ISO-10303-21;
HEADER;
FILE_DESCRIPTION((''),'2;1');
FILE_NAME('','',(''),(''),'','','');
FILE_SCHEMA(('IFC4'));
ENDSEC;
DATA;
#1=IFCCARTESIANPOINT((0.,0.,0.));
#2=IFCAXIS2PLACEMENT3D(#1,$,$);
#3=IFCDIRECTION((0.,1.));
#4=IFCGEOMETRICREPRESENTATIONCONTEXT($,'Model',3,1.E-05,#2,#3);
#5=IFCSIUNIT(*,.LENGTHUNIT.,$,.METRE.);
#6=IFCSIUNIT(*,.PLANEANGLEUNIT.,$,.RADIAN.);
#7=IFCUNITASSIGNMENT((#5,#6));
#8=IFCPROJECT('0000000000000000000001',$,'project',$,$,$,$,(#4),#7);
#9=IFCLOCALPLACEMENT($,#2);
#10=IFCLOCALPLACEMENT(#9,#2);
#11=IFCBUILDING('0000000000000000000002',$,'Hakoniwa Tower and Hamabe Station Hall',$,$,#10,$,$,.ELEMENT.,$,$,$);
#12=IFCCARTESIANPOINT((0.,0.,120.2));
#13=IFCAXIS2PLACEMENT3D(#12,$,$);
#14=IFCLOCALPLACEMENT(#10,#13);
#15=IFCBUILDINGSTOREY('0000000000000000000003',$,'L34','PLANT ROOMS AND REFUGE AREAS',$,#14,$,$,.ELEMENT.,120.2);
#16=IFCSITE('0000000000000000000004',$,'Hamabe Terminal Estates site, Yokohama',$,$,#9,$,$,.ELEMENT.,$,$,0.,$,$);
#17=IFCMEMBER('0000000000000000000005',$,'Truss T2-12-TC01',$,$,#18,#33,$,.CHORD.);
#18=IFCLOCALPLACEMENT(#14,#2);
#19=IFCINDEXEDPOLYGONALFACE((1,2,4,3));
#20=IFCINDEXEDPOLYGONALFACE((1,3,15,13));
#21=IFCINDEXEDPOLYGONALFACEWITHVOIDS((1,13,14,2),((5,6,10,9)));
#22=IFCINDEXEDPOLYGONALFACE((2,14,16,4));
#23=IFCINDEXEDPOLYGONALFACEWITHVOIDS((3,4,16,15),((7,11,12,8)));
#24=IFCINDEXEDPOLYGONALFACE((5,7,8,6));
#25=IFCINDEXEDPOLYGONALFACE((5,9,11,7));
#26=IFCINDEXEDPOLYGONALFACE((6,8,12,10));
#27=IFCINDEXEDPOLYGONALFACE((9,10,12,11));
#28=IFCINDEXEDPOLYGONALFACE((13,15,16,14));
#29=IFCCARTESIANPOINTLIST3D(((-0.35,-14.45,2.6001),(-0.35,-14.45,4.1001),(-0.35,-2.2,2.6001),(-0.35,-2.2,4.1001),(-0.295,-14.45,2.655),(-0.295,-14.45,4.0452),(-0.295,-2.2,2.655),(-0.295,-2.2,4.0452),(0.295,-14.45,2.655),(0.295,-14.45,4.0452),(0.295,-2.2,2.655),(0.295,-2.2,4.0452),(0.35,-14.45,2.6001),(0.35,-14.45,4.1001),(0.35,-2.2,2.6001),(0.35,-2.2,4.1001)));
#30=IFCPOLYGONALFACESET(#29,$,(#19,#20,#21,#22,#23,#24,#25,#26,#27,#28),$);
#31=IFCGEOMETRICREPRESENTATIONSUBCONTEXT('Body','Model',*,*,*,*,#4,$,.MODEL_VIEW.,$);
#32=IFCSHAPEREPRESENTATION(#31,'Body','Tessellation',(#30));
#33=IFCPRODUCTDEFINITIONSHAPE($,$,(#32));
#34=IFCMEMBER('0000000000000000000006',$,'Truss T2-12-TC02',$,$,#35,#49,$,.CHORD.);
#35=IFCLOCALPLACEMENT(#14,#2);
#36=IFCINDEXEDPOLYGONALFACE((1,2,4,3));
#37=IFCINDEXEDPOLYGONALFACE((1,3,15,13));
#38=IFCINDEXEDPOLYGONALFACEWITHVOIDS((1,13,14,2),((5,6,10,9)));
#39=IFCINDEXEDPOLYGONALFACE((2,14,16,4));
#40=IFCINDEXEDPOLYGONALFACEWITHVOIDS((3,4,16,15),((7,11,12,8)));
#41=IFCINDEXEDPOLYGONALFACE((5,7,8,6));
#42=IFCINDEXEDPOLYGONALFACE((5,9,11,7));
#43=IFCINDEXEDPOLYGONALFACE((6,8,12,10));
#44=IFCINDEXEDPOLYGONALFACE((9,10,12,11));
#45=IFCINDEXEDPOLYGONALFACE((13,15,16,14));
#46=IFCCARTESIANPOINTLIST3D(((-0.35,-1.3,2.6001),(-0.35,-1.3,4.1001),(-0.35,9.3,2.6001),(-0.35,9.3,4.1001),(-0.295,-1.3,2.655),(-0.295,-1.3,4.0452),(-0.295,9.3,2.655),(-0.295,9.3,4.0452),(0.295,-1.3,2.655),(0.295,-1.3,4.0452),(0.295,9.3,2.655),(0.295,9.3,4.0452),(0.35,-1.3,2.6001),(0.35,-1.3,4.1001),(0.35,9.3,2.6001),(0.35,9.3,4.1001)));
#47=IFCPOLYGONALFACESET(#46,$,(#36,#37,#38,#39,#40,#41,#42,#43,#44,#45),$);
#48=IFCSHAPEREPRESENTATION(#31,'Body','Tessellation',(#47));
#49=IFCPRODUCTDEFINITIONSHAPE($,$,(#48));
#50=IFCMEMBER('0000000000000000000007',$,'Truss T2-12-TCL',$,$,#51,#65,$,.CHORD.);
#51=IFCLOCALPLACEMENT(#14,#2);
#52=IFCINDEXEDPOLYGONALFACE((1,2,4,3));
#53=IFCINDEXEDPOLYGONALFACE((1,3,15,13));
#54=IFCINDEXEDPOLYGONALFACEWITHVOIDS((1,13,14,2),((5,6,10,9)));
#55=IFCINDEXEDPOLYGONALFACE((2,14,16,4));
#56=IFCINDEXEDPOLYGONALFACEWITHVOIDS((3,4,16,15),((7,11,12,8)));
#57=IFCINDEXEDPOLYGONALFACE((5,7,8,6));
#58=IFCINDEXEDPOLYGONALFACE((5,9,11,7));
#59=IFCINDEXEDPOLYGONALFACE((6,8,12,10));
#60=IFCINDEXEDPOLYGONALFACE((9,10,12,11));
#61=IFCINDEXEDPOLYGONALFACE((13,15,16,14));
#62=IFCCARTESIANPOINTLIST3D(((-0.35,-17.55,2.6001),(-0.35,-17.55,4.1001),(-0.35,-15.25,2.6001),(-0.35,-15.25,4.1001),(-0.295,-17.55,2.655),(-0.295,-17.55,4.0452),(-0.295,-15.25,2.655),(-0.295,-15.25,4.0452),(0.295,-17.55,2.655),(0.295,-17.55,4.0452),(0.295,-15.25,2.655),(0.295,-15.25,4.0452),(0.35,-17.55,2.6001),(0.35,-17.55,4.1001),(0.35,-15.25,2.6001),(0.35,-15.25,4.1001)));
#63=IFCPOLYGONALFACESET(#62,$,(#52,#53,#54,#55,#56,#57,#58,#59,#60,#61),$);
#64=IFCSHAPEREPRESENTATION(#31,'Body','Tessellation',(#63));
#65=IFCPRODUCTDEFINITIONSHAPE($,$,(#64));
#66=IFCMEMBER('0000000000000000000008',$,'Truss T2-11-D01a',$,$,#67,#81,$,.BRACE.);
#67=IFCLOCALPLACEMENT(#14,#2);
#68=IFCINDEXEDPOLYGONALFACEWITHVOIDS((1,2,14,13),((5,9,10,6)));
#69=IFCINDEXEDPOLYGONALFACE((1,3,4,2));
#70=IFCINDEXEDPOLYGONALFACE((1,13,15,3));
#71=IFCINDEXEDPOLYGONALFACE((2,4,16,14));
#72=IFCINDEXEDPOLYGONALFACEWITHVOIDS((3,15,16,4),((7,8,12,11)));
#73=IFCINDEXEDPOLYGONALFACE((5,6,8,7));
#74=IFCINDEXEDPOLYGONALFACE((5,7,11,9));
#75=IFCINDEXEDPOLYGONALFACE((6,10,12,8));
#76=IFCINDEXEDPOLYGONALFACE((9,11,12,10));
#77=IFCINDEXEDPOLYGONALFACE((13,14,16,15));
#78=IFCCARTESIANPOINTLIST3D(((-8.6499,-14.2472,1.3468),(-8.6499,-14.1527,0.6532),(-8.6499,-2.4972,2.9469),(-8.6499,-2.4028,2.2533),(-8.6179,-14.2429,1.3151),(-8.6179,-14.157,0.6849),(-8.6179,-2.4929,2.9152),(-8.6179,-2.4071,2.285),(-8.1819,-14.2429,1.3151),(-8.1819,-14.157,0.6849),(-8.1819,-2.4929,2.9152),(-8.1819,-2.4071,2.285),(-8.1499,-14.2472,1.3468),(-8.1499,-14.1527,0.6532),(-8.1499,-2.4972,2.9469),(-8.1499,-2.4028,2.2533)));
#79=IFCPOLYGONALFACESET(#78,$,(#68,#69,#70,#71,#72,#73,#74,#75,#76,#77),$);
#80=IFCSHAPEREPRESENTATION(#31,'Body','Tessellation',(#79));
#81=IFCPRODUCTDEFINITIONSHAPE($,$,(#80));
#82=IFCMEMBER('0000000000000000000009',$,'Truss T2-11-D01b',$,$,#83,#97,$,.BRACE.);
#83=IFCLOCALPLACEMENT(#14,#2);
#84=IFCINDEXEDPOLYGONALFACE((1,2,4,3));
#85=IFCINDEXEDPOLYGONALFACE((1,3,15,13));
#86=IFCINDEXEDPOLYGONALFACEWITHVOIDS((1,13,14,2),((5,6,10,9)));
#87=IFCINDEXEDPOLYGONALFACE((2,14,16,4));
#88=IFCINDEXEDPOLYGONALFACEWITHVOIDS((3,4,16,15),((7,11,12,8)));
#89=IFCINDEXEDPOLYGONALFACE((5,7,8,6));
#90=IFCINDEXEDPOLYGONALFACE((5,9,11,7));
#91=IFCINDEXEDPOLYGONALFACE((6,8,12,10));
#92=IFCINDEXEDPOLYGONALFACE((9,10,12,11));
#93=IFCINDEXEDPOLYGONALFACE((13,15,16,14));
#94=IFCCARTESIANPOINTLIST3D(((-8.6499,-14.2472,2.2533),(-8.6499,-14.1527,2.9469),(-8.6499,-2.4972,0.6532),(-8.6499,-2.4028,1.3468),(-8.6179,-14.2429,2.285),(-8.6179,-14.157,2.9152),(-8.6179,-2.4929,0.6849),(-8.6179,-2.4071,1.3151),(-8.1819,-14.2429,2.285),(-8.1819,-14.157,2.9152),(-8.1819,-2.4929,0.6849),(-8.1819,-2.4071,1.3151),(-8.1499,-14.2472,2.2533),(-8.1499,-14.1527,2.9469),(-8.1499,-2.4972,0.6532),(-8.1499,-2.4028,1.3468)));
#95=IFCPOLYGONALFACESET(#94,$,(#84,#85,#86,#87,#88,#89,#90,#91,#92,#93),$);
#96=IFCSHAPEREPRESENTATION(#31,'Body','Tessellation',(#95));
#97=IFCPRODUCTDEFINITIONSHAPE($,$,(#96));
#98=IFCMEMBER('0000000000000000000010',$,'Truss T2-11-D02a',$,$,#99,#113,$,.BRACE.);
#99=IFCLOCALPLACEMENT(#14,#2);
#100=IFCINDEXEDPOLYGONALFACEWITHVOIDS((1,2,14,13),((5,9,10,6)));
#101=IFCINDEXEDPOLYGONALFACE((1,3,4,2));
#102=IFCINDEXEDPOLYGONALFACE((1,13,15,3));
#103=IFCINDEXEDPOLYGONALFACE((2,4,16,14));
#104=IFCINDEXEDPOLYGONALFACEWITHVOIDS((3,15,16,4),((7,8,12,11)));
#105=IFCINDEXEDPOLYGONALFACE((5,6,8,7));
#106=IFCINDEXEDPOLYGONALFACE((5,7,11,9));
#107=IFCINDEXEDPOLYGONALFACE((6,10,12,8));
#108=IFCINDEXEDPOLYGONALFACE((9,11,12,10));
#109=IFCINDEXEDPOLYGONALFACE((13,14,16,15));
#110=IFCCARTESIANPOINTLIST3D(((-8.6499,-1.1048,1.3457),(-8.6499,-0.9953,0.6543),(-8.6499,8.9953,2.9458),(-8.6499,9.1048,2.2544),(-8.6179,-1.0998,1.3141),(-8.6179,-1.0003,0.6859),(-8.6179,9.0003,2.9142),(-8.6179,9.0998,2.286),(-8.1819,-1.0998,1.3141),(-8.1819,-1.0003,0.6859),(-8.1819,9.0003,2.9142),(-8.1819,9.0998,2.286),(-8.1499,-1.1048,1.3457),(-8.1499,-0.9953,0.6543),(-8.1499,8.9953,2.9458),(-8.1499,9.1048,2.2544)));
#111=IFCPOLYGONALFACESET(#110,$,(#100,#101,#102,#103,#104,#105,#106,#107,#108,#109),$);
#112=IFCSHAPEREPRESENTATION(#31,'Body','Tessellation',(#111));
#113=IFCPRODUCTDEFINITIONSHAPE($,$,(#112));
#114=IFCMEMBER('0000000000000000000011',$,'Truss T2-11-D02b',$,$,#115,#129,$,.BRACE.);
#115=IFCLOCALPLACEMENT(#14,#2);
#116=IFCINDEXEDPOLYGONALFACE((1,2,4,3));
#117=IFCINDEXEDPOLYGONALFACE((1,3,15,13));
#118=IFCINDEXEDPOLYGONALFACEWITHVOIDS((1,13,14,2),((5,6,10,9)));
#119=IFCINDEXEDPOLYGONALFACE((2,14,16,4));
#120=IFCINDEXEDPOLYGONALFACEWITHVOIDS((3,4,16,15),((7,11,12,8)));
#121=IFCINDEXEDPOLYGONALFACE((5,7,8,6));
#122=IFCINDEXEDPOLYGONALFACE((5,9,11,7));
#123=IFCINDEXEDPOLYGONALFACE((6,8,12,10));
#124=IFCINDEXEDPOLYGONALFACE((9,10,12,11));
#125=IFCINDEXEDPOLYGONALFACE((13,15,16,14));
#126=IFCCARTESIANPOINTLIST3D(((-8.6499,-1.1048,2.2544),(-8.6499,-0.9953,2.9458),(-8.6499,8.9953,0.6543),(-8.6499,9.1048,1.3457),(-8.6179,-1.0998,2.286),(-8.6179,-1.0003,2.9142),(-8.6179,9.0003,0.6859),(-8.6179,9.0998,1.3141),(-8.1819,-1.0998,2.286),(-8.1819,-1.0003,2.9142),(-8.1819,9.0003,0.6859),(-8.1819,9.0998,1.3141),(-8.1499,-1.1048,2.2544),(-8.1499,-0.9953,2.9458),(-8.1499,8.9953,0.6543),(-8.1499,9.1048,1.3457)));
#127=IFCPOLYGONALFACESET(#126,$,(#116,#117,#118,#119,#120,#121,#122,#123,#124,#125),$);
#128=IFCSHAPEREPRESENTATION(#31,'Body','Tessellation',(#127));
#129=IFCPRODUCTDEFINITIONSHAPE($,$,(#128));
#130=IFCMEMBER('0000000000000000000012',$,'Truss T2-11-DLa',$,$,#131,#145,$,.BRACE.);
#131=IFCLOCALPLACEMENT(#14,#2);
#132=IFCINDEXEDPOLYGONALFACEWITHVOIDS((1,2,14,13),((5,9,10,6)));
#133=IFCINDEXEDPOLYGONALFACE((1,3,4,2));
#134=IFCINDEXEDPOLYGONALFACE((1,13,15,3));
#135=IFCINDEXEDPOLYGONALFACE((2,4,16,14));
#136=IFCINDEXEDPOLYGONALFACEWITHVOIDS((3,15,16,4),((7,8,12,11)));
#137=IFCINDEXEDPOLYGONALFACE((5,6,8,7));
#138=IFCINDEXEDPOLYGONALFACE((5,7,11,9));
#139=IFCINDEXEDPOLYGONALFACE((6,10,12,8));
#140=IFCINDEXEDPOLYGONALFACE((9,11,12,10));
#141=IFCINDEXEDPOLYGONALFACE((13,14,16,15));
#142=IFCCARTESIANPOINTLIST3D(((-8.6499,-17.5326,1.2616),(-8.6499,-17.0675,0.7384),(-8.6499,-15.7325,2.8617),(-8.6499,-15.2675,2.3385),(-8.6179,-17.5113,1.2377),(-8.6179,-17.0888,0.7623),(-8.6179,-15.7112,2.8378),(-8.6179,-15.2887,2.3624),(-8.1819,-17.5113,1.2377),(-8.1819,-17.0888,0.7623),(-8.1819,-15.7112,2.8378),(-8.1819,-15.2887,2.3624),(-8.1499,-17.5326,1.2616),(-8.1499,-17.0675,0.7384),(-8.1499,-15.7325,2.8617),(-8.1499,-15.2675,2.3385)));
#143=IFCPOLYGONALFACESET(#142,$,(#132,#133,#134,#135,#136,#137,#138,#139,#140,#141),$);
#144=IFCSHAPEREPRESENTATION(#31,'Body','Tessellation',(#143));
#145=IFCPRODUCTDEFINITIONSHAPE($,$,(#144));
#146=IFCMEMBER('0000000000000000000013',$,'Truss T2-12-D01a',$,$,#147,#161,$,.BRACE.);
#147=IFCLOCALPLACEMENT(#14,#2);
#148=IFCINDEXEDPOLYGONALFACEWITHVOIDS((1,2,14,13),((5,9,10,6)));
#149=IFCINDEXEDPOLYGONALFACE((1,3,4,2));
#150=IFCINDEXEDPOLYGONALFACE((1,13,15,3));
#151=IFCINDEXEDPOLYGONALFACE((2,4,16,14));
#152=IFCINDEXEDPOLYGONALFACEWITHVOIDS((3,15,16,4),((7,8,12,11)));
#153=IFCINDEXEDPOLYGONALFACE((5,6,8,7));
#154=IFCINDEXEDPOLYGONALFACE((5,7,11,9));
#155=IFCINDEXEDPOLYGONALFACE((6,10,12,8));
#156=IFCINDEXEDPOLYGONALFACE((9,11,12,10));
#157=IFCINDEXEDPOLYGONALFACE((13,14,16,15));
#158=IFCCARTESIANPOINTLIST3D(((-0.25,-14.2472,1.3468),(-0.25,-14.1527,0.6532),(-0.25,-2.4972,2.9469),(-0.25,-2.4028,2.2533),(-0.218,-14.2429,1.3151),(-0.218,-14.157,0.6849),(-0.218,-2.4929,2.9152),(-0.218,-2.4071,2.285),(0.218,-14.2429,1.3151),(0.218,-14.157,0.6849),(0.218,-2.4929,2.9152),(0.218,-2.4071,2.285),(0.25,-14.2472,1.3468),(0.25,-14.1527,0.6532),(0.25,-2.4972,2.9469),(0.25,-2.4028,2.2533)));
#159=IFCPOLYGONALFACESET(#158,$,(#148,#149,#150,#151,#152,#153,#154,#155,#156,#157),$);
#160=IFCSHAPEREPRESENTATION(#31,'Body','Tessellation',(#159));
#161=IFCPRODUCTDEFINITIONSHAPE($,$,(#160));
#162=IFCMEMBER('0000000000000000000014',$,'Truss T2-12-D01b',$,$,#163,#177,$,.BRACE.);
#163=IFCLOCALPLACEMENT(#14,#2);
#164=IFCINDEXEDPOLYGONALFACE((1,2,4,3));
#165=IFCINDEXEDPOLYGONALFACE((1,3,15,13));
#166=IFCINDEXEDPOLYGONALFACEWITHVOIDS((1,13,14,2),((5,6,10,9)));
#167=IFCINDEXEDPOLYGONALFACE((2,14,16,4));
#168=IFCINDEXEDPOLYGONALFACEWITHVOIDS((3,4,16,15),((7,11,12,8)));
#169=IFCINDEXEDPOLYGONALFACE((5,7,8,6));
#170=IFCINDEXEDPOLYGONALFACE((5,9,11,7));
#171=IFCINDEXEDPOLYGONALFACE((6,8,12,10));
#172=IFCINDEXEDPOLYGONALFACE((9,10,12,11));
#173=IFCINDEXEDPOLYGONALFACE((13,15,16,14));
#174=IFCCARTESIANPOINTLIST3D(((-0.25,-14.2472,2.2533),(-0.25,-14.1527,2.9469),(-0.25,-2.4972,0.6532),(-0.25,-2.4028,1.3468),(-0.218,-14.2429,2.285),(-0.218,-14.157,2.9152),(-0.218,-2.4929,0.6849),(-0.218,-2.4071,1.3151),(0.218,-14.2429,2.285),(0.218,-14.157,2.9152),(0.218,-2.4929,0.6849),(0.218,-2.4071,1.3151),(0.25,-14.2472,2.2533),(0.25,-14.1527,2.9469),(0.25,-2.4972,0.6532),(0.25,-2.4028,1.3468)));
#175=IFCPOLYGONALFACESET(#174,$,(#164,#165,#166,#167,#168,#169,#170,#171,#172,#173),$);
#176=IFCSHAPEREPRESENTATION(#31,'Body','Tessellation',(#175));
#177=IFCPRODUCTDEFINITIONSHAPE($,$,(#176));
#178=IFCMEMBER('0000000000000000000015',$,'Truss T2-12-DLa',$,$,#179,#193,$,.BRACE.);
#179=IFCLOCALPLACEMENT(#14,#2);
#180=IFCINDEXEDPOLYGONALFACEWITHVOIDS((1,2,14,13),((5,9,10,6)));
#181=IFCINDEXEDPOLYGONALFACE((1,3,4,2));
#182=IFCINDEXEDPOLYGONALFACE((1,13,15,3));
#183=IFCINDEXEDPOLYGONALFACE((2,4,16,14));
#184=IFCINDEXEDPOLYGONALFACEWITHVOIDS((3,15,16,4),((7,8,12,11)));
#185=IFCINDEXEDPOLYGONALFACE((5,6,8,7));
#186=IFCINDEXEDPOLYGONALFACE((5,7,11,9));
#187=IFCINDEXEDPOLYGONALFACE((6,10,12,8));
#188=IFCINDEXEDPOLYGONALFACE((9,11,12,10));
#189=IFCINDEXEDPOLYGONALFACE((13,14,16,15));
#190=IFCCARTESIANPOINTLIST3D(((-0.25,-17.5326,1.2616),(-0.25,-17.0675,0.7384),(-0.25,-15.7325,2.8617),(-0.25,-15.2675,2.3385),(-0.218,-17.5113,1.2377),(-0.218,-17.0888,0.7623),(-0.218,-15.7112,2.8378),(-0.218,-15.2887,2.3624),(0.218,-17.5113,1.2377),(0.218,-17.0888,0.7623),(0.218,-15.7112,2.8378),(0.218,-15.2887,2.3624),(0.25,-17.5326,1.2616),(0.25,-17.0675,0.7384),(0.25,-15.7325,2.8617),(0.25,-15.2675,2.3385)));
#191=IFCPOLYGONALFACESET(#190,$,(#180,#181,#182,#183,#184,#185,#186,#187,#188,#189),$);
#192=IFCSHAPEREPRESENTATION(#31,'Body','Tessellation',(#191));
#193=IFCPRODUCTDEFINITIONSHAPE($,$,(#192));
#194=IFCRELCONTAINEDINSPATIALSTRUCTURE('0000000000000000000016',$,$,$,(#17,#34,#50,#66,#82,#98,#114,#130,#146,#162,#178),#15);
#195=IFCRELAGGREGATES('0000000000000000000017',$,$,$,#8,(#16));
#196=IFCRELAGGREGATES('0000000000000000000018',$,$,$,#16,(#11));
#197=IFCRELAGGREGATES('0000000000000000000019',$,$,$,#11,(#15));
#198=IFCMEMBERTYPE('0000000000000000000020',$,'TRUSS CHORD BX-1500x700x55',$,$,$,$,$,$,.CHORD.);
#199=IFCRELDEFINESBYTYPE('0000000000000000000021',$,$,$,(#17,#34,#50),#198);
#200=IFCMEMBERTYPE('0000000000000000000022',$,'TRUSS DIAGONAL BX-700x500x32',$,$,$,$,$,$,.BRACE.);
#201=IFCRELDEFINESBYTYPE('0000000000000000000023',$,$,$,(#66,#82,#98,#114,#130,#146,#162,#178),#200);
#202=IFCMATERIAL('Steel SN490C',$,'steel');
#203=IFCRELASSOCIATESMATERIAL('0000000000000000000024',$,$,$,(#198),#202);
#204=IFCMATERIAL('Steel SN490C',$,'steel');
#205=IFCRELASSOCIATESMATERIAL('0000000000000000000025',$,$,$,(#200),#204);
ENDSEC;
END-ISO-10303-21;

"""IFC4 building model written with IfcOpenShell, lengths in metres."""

from ifc_helpers import new_model, si_unit, direction, frame, origin, origin_2d, place, context, subcontext, project, spatial, hollow_rectangle, extrude, material, material_profile, profile_set, type_object, element, save


model = new_model("IFC4")

# Units and contexts
model_context = context("Model", 3, precision=1e-05, world=origin(), true_north=direction((0.0, 1.0)))
body_context = subcontext(model_context, "Body", "Model", "MODEL_VIEW")
ifc_project = project(units=[si_unit("LENGTHUNIT", "METRE"), si_unit("PLANEANGLEUNIT", "RADIAN")], contexts=[model_context])

# Site, building, storey
site_placement = place(None, origin())
site = spatial("IfcSite", under=ifc_project, at=site_placement, Name="Hamabe Terminal Estates site, Yokohama", CompositionType="ELEMENT", RefElevation=0.0)
building_placement = place(site_placement, origin())
building = spatial("IfcBuilding", under=site, at=building_placement, Name="Hakoniwa Tower and Hamabe Station Hall", CompositionType="ELEMENT")
storey_placement = place(building_placement, frame((0.0, 0.0, 120.2)))
storey = spatial("IfcBuildingStorey", under=building, at=storey_placement, Name="L34", Description="PLANT ROOMS AND REFUGE AREAS", CompositionType="ELEMENT", Elevation=120.2)

# Members
ifc_material_1 = material(Name="Steel SN490C", Category="steel")
ifc_material_profile_1 = material_profile(ifc_material_1, hollow_rectangle(XDim=0.7, YDim=1.5, WallThickness=0.0549, at=origin_2d()), Name="BX-1500x700x55")
ifc_profile_set_1 = profile_set([ifc_material_profile_1], Name="Steel SN490C")
member_type_1 = type_object("IfcMemberType", Name="TRUSS CHORD BX-1500x700x55", PredefinedType="CHORD", material=ifc_profile_set_1)
member_1_placement = place(storey_placement, frame((0.0, -14.45, 3.3501), z_axis=(0.0, 1.0, 0.0), x_axis=(-1.0, 0.0, 0.0)))
element("IfcMember", 1, at=member_1_placement, inside=storey, type_object=member_type_1, Name="Truss T2-12-TC01", PredefinedType="CHORD", context=body_context, shape_type="SweptSolid", body=[
    extrude(hollow_rectangle(XDim=0.7, YDim=1.5, WallThickness=0.0549, at=origin_2d()), origin(), (0.0, 0.0, 1.0), 12.25),
])
member_2_placement = place(storey_placement, frame((0.0, -1.3, 3.3501), z_axis=(0.0, 1.0, 0.0), x_axis=(-1.0, 0.0, 0.0)))
element("IfcMember", 2, at=member_2_placement, inside=storey, type_object=member_type_1, Name="Truss T2-12-TC02", PredefinedType="CHORD", context=body_context, shape_type="SweptSolid", body=[
    extrude(hollow_rectangle(XDim=0.7, YDim=1.5, WallThickness=0.0549, at=origin_2d()), origin(), (0.0, 0.0, 1.0), 10.6001),
])
member_3_placement = place(storey_placement, frame((0.0, -17.55, 3.3501), z_axis=(0.0, 1.0, 0.0), x_axis=(-1.0, 0.0, 0.0)))
element("IfcMember", 3, at=member_3_placement, inside=storey, type_object=member_type_1, Name="Truss T2-12-TCL", PredefinedType="CHORD", context=body_context, shape_type="SweptSolid", body=[
    extrude(hollow_rectangle(XDim=0.7, YDim=1.5, WallThickness=0.0549, at=origin_2d()), origin(), (0.0, 0.0, 1.0), 2.3),
])
ifc_material_2 = material(Name="Steel SN490C", Category="steel")
ifc_material_profile_2 = material_profile(ifc_material_2, hollow_rectangle(XDim=0.5, YDim=0.7, WallThickness=0.032, at=origin_2d()), Name="BX-700x500x32")
ifc_profile_set_2 = profile_set([ifc_material_profile_2], Name="Steel SN490C")
member_type_2 = type_object("IfcMemberType", Name="TRUSS DIAGONAL BX-700x500x32", PredefinedType="BRACE", material=ifc_profile_set_2)
for number, where, z_axis, x_axis, name in (
    (4, (-8.3999, -14.2, 1.0), (0.0, 0.990855, 0.134933), (-1.0, 0.0, 0.0), "Truss T2-11-D01a"),
    (5, (-8.3999, -14.2, 2.6001), (0.0, 0.990855, -0.134933), (-1.0, 0.0, 0.0), "Truss T2-11-D01b"),
):
    element("IfcMember", number, at=place(storey_placement, frame(where, z_axis=z_axis, x_axis=x_axis)), inside=storey, type_object=member_type_2, Name=name, PredefinedType="BRACE", context=body_context, shape_type="SweptSolid", body=[
        extrude(hollow_rectangle(XDim=0.5, YDim=0.7, WallThickness=0.032, at=origin_2d()), origin(), (0.0, 0.0, 1.0), 11.8584),
    ])
for number, where, z_axis, x_axis, name in (
    (6, (-8.3999, -1.05, 1.0), (0.0, 0.987682, 0.156473), (-1.0, 0.0, 0.0), "Truss T2-11-D02a"),
    (7, (-8.3999, -1.05, 2.6001), (0.0, 0.987682, -0.156473), (-1.0, 0.0, 0.0), "Truss T2-11-D02b"),
):
    element("IfcMember", number, at=place(storey_placement, frame(where, z_axis=z_axis, x_axis=x_axis)), inside=storey, type_object=member_type_2, Name=name, PredefinedType="BRACE", context=body_context, shape_type="SweptSolid", body=[
        extrude(hollow_rectangle(XDim=0.5, YDim=0.7, WallThickness=0.032, at=origin_2d()), origin(), (0.0, 0.0, 1.0), 10.2261),
    ])
member_4_placement = place(storey_placement, frame((-8.3999, -17.3, 1.0), z_axis=(0.0, 0.747398, 0.664376), x_axis=(-1.0, 0.0, 0.0)))
element("IfcMember", 8, at=member_4_placement, inside=storey, type_object=member_type_2, Name="Truss T2-11-DLa", PredefinedType="BRACE", context=body_context, shape_type="SweptSolid", body=[
    extrude(hollow_rectangle(XDim=0.5, YDim=0.7, WallThickness=0.032, at=origin_2d()), origin(), (0.0, 0.0, 1.0), 2.4084),
])
for number, where, z_axis, x_axis, name in (
    (9, (0.0, -14.2, 1.0), (0.0, 0.990855, 0.134933), (-1.0, 0.0, 0.0), "Truss T2-12-D01a"),
    (10, (0.0, -14.2, 2.6001), (0.0, 0.990855, -0.134933), (-1.0, 0.0, 0.0), "Truss T2-12-D01b"),
):
    element("IfcMember", number, at=place(storey_placement, frame(where, z_axis=z_axis, x_axis=x_axis)), inside=storey, type_object=member_type_2, Name=name, PredefinedType="BRACE", context=body_context, shape_type="SweptSolid", body=[
        extrude(hollow_rectangle(XDim=0.5, YDim=0.7, WallThickness=0.032, at=origin_2d()), origin(), (0.0, 0.0, 1.0), 11.8584),
    ])
member_5_placement = place(storey_placement, frame((0.0, -17.3, 1.0), z_axis=(0.0, 0.747398, 0.664376), x_axis=(-1.0, 0.0, 0.0)))
element("IfcMember", 11, at=member_5_placement, inside=storey, type_object=member_type_2, Name="Truss T2-12-DLa", PredefinedType="BRACE", context=body_context, shape_type="SweptSolid", body=[
    extrude(hollow_rectangle(XDim=0.5, YDim=0.7, WallThickness=0.032, at=origin_2d()), origin(), (0.0, 0.0, 1.0), 2.4084),
])

save(model, "model.ifc")
